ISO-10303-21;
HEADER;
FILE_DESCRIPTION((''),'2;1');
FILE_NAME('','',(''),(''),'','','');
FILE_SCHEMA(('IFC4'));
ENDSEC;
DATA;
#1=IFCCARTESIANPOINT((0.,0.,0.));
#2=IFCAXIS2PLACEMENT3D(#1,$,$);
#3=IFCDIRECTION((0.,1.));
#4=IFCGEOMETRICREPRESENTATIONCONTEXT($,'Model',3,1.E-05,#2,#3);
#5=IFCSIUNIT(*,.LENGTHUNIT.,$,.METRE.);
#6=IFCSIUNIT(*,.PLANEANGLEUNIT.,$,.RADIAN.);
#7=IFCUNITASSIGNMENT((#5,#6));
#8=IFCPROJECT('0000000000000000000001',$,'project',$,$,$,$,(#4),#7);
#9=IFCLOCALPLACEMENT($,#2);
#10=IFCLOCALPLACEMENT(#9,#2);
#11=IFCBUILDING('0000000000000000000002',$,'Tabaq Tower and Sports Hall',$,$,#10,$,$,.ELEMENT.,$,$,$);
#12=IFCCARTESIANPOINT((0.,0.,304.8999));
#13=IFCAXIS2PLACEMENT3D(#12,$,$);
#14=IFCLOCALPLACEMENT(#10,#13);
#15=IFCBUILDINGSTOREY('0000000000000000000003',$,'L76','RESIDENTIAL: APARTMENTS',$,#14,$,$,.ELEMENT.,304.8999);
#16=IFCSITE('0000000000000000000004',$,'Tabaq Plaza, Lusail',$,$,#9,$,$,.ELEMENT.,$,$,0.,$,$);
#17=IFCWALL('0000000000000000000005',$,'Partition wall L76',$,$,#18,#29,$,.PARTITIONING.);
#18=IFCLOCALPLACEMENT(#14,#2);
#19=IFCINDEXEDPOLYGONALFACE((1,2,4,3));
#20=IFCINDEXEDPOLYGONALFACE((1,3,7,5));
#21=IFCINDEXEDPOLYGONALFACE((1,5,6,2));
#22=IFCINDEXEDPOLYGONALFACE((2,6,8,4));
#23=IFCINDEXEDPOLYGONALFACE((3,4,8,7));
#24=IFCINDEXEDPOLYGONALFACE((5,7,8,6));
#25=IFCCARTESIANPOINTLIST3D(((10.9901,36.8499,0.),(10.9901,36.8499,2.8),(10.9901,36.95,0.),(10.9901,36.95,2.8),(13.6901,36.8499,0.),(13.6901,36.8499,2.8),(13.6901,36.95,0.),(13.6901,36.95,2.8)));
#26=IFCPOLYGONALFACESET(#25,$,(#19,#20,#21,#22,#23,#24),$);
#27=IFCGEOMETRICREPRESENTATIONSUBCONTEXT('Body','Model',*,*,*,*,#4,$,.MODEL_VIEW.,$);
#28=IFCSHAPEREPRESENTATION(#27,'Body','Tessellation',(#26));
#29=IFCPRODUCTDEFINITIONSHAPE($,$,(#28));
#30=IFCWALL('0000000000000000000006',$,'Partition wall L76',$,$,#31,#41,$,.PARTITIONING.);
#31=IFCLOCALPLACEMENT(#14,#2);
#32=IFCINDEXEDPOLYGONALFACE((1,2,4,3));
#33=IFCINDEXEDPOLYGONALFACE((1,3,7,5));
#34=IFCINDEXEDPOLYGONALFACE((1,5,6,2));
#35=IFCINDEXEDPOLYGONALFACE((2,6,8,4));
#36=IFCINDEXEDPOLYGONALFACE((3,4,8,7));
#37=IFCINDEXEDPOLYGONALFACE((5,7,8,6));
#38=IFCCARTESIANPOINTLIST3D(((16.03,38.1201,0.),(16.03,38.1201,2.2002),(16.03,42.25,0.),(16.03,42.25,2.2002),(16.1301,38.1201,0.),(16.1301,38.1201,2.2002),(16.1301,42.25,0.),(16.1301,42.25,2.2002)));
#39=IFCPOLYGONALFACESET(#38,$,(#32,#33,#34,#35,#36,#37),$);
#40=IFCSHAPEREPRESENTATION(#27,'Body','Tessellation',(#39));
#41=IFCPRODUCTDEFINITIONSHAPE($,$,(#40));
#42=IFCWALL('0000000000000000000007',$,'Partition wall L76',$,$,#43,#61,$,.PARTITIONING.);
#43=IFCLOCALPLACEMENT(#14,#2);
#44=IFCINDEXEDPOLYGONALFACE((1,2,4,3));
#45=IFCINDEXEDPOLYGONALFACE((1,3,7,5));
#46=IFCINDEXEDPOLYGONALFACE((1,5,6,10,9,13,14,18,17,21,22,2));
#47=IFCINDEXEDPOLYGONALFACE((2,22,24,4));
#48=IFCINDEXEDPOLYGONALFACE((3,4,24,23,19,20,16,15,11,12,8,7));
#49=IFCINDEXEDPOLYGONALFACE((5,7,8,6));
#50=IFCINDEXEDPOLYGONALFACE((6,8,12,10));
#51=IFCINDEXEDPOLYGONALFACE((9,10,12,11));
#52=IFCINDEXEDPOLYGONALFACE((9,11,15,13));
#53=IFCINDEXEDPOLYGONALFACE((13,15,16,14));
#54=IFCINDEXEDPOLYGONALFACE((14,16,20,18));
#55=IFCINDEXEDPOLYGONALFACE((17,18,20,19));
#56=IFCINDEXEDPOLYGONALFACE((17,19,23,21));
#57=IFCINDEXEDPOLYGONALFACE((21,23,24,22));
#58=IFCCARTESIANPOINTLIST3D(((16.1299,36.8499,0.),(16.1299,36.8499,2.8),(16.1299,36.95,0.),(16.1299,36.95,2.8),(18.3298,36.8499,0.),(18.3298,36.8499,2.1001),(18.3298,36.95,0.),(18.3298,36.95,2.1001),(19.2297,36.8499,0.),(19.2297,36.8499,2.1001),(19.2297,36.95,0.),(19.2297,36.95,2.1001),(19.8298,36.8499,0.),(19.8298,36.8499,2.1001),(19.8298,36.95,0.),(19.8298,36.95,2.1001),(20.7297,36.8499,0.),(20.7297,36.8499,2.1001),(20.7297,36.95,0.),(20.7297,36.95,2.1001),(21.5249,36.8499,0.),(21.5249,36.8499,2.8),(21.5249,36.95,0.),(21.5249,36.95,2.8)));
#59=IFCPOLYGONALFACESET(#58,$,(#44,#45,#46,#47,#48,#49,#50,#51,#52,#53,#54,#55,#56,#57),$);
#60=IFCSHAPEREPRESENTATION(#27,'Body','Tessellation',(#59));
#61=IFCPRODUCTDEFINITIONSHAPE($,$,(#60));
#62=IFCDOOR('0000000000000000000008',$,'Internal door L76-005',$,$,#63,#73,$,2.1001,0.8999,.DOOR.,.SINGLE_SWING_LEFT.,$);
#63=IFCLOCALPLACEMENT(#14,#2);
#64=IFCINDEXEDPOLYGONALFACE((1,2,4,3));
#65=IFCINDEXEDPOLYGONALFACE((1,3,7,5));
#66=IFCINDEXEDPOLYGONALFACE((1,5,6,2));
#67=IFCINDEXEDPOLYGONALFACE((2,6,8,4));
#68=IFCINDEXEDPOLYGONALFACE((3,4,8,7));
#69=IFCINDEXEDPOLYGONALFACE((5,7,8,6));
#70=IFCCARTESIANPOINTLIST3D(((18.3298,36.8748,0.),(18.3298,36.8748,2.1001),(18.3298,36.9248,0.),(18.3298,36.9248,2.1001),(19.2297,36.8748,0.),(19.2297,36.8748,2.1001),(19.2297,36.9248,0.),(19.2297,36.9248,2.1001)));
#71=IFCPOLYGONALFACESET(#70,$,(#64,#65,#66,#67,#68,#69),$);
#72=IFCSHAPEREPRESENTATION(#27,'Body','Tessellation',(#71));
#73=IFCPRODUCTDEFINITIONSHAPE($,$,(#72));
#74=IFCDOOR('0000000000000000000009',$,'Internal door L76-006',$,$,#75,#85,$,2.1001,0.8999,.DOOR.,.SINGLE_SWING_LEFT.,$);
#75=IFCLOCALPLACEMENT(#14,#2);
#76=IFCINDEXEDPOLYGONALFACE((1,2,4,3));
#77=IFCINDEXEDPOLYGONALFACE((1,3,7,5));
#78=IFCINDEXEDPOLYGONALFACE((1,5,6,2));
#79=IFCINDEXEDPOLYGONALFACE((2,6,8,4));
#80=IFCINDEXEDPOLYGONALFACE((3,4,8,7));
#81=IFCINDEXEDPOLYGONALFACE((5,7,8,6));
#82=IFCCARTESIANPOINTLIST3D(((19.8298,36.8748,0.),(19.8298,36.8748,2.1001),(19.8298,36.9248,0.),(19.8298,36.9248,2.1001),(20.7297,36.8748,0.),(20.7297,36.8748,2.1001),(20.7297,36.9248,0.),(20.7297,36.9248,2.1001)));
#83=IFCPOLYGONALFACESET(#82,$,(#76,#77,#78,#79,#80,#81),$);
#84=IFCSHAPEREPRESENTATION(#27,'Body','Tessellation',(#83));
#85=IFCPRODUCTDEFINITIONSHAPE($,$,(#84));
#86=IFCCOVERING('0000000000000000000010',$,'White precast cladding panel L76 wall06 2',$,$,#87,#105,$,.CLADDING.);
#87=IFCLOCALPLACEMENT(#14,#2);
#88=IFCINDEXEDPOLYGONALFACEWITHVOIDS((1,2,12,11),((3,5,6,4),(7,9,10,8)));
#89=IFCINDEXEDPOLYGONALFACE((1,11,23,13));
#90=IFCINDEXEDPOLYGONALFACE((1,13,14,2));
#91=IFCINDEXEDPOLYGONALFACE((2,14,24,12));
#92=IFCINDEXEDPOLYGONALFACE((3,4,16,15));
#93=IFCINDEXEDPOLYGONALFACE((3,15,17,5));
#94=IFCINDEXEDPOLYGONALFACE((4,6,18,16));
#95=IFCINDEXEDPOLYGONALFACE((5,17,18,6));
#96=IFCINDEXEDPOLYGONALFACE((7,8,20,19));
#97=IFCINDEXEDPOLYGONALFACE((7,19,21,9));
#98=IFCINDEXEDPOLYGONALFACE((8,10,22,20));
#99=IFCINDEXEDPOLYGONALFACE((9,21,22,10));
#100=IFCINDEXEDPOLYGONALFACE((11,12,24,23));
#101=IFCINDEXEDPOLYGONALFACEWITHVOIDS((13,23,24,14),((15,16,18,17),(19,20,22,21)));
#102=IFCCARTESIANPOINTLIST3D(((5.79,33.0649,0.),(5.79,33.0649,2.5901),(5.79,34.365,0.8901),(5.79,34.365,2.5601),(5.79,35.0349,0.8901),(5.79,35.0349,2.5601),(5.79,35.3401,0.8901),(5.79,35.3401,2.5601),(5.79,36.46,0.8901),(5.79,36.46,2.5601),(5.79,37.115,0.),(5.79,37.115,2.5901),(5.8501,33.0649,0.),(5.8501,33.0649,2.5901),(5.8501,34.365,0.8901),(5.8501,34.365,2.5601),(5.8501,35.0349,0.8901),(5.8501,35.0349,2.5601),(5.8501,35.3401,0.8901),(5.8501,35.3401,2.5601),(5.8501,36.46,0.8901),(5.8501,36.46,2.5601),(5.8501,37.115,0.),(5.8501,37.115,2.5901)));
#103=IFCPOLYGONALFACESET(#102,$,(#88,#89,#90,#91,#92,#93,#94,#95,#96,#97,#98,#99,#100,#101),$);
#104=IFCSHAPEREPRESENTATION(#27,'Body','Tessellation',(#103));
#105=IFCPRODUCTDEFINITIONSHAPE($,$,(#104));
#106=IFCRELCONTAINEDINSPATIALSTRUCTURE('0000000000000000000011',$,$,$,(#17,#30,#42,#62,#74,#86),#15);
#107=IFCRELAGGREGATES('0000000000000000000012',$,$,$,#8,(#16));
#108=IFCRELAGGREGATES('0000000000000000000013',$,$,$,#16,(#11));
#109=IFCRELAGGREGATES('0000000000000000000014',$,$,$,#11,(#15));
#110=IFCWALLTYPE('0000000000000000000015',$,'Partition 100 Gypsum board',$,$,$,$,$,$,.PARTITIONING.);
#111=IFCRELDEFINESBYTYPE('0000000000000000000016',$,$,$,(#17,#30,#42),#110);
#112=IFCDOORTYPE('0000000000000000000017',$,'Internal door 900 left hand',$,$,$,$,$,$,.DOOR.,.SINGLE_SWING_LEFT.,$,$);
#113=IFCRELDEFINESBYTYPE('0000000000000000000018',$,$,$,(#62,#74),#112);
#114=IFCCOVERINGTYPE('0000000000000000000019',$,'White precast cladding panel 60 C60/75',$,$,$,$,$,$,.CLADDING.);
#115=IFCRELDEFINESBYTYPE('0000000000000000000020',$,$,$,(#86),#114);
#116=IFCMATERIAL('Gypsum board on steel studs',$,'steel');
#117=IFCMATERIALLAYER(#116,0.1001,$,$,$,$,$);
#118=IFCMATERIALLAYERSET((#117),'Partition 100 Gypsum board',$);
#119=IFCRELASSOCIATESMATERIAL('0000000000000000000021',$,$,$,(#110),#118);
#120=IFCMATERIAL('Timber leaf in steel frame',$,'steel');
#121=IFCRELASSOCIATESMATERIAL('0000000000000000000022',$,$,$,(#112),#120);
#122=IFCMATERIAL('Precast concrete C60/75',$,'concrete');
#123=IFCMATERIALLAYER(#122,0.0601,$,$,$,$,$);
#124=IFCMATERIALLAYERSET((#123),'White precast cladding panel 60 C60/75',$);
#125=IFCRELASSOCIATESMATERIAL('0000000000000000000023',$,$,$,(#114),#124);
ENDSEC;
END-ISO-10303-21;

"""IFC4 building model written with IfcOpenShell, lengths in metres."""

from ifc_helpers import new_model, si_unit, direction, frame, frame_2d, origin, place, context, subcontext, project, spatial, polyline, rectangle, outline, extrude, material, layer, layer_set, type_object, element, fill, save


model = new_model("IFC4")

# Units and contexts
model_context = context("Model", 3, precision=1e-05, world=origin(), true_north=direction((0.0, 1.0)))
body_context = subcontext(model_context, "Body", "Model", "MODEL_VIEW")
ifc_project = project(units=[si_unit("LENGTHUNIT", "METRE"), si_unit("PLANEANGLEUNIT", "RADIAN")], contexts=[model_context])

# Site, building, storey
site_placement = place(None, origin())
site = spatial("IfcSite", under=ifc_project, at=site_placement, Name="Tabaq Plaza, Lusail", CompositionType="ELEMENT", RefElevation=0.0)
building_placement = place(site_placement, origin())
building = spatial("IfcBuilding", under=site, at=building_placement, Name="Tabaq Tower and Sports Hall", CompositionType="ELEMENT")
storey_placement = place(building_placement, frame((0.0, 0.0, 304.8999)))
storey = spatial("IfcBuildingStorey", under=building, at=storey_placement, Name="L76", Description="RESIDENTIAL: APARTMENTS", CompositionType="ELEMENT", Elevation=304.8999)

# Shared definitions
ifc_material_1 = material(Name="Gypsum board on steel studs", Category="steel")
ifc_layer_1 = layer(ifc_material_1, 0.1001)
ifc_layer_set_1 = layer_set([ifc_layer_1], Name="Partition 100 Gypsum board")
wall_type = type_object("IfcWallType", Name="Partition 100 Gypsum board", PredefinedType="PARTITIONING", material=ifc_layer_set_1)
ifc_material_2 = material(Name="Timber leaf in steel frame", Category="steel")
door_type_1 = type_object("IfcDoorType", Name="Internal door 900 left hand", OperationType="SINGLE_SWING_LEFT", PredefinedType="DOOR", material=ifc_material_2)

# Walls
wall_1_placement = place(storey_placement, frame((10.99, 36.8999, 0.0), z_axis=(0.0, 0.0, 1.0), x_axis=(1.0, 0.0, 0.0)))
element("IfcWall", 1, at=wall_1_placement, inside=storey, type_object=wall_type, Name="Partition wall L76", PredefinedType="PARTITIONING", context=body_context, shape_type="SweptSolid", body=[
    extrude(rectangle(XDim=2.7, YDim=0.1001, at=frame_2d((1.3501, 0.0))), origin(), (0.0, 0.0, 1.0), 2.8),
])
wall_2_placement = place(storey_placement, frame((16.0801, 38.1201, 0.0), z_axis=(0.0, 0.0, 1.0), x_axis=(0.0, 1.0, 0.0)))
element("IfcWall", 2, at=wall_2_placement, inside=storey, type_object=wall_type, Name="Partition wall L76", PredefinedType="PARTITIONING", context=body_context, shape_type="SweptSolid", body=[
    extrude(rectangle(XDim=4.1299, YDim=0.1001, at=frame_2d((2.0649, 0.0))), origin(), (0.0, 0.0, 1.0), 2.2002),
])

# Wall, openings, doors
wall_3_placement = place(storey_placement, frame((16.1299, 36.8999, 0.0), z_axis=(0.0, 0.0, 1.0), x_axis=(1.0, 0.0, 0.0)))
wall_3 = element("IfcWall", 3, at=wall_3_placement, inside=storey, type_object=wall_type, Name="Partition wall L76", PredefinedType="PARTITIONING", context=body_context, shape_type="SweptSolid", body=[
    extrude(rectangle(XDim=5.395, YDim=0.1001, at=frame_2d((2.6975, 0.0))), origin(), (0.0, 0.0, 1.0), 2.8),
])
opening_1_placement = place(wall_3_placement, frame((2.2, 0.0, 0.0)))
opening_1 = element("IfcOpeningElement", 4, at=opening_1_placement, cuts=wall_3, PredefinedType="OPENING", context=body_context, shape_type="SweptSolid", body=[
    extrude(rectangle(XDim=0.8999, YDim=2.1001, at=frame_2d((0.45, 1.05))), frame((0.0, 0.05, 0.0), z_axis=(0.0, -1.0, 0.0), x_axis=(1.0, 0.0, 0.0)), (0.0, 0.0, 1.0), 0.1001),
])
opening_2_placement = place(wall_3_placement, frame((3.7, 0.0, 0.0)))
opening_2 = element("IfcOpeningElement", 5, at=opening_2_placement, cuts=wall_3, PredefinedType="OPENING", context=body_context, shape_type="SweptSolid", body=[
    extrude(rectangle(XDim=0.8999, YDim=2.1001, at=frame_2d((0.45, 1.05))), frame((0.0, 0.05, 0.0), z_axis=(0.0, -1.0, 0.0), x_axis=(1.0, 0.0, 0.0)), (0.0, 0.0, 1.0), 0.1001),
])
door_1_placement = place(opening_1_placement, origin())
door_1 = element("IfcDoor", 6, at=door_1_placement, inside=storey, type_object=door_type_1, Name="Internal door L76-005", OperationType="SINGLE_SWING_LEFT", OverallHeight=2.1001, OverallWidth=0.8999, PredefinedType="DOOR", context=body_context, shape_type="SweptSolid", body=[
    extrude(rectangle(XDim=0.8999, YDim=2.1001, at=frame_2d((0.45, 1.05))), frame((0.0, 0.0249, 0.0), z_axis=(0.0, -1.0, 0.0), x_axis=(1.0, 0.0, 0.0)), (0.0, 0.0, 1.0), 0.05),
])
fill(opening_1, door_1)
door_2_placement = place(opening_2_placement, origin())
door_2 = element("IfcDoor", 7, at=door_2_placement, inside=storey, type_object=door_type_1, Name="Internal door L76-006", OperationType="SINGLE_SWING_LEFT", OverallHeight=2.1001, OverallWidth=0.8999, PredefinedType="DOOR", context=body_context, shape_type="SweptSolid", body=[
    extrude(rectangle(XDim=0.8999, YDim=2.1001, at=frame_2d((0.45, 1.05))), frame((0.0, 0.0249, 0.0), z_axis=(0.0, -1.0, 0.0), x_axis=(1.0, 0.0, 0.0)), (0.0, 0.0, 1.0), 0.05),
])
fill(opening_2, door_2)

# Covering
ifc_material_3 = material(Name="Precast concrete C60/75", Category="concrete")
ifc_layer_2 = layer(ifc_material_3, 0.0601)
ifc_layer_set_2 = layer_set([ifc_layer_2], Name="White precast cladding panel 60 C60/75")
covering_type = type_object("IfcCoveringType", Name="White precast cladding panel 60 C60/75", PredefinedType="CLADDING", material=ifc_layer_set_2)
covering_placement = place(storey_placement, frame((5.8201, 37.115, 0.0), z_axis=(0.0, 0.0, 1.0), x_axis=(0.0, -1.0, 0.0)))
element("IfcCovering", 8, at=covering_placement, inside=storey, type_object=covering_type, Name="White precast cladding panel L76 wall06 2", PredefinedType="CLADDING", context=body_context, shape_type="SweptSolid", body=[
    extrude(outline(polyline([(0.0, 0.0), (4.05, 0.0), (4.05, 2.5901), (0.0, 2.5901), (0.0, 0.0)]), holes=[polyline([(0.655, 0.8901), (0.655, 2.5601), (1.7749, 2.5601), (1.7749, 0.8901), (0.655, 0.8901)]), polyline([(2.0801, 0.8901), (2.0801, 2.5601), (2.75, 2.5601), (2.75, 0.8901), (2.0801, 0.8901)])]), frame((0.0, 0.03, 0.0), z_axis=(0.0, -1.0, 0.0), x_axis=(1.0, 0.0, 0.0)), (0.0, 0.0, 1.0), 0.0601),
])

save(model, "model.ifc")
